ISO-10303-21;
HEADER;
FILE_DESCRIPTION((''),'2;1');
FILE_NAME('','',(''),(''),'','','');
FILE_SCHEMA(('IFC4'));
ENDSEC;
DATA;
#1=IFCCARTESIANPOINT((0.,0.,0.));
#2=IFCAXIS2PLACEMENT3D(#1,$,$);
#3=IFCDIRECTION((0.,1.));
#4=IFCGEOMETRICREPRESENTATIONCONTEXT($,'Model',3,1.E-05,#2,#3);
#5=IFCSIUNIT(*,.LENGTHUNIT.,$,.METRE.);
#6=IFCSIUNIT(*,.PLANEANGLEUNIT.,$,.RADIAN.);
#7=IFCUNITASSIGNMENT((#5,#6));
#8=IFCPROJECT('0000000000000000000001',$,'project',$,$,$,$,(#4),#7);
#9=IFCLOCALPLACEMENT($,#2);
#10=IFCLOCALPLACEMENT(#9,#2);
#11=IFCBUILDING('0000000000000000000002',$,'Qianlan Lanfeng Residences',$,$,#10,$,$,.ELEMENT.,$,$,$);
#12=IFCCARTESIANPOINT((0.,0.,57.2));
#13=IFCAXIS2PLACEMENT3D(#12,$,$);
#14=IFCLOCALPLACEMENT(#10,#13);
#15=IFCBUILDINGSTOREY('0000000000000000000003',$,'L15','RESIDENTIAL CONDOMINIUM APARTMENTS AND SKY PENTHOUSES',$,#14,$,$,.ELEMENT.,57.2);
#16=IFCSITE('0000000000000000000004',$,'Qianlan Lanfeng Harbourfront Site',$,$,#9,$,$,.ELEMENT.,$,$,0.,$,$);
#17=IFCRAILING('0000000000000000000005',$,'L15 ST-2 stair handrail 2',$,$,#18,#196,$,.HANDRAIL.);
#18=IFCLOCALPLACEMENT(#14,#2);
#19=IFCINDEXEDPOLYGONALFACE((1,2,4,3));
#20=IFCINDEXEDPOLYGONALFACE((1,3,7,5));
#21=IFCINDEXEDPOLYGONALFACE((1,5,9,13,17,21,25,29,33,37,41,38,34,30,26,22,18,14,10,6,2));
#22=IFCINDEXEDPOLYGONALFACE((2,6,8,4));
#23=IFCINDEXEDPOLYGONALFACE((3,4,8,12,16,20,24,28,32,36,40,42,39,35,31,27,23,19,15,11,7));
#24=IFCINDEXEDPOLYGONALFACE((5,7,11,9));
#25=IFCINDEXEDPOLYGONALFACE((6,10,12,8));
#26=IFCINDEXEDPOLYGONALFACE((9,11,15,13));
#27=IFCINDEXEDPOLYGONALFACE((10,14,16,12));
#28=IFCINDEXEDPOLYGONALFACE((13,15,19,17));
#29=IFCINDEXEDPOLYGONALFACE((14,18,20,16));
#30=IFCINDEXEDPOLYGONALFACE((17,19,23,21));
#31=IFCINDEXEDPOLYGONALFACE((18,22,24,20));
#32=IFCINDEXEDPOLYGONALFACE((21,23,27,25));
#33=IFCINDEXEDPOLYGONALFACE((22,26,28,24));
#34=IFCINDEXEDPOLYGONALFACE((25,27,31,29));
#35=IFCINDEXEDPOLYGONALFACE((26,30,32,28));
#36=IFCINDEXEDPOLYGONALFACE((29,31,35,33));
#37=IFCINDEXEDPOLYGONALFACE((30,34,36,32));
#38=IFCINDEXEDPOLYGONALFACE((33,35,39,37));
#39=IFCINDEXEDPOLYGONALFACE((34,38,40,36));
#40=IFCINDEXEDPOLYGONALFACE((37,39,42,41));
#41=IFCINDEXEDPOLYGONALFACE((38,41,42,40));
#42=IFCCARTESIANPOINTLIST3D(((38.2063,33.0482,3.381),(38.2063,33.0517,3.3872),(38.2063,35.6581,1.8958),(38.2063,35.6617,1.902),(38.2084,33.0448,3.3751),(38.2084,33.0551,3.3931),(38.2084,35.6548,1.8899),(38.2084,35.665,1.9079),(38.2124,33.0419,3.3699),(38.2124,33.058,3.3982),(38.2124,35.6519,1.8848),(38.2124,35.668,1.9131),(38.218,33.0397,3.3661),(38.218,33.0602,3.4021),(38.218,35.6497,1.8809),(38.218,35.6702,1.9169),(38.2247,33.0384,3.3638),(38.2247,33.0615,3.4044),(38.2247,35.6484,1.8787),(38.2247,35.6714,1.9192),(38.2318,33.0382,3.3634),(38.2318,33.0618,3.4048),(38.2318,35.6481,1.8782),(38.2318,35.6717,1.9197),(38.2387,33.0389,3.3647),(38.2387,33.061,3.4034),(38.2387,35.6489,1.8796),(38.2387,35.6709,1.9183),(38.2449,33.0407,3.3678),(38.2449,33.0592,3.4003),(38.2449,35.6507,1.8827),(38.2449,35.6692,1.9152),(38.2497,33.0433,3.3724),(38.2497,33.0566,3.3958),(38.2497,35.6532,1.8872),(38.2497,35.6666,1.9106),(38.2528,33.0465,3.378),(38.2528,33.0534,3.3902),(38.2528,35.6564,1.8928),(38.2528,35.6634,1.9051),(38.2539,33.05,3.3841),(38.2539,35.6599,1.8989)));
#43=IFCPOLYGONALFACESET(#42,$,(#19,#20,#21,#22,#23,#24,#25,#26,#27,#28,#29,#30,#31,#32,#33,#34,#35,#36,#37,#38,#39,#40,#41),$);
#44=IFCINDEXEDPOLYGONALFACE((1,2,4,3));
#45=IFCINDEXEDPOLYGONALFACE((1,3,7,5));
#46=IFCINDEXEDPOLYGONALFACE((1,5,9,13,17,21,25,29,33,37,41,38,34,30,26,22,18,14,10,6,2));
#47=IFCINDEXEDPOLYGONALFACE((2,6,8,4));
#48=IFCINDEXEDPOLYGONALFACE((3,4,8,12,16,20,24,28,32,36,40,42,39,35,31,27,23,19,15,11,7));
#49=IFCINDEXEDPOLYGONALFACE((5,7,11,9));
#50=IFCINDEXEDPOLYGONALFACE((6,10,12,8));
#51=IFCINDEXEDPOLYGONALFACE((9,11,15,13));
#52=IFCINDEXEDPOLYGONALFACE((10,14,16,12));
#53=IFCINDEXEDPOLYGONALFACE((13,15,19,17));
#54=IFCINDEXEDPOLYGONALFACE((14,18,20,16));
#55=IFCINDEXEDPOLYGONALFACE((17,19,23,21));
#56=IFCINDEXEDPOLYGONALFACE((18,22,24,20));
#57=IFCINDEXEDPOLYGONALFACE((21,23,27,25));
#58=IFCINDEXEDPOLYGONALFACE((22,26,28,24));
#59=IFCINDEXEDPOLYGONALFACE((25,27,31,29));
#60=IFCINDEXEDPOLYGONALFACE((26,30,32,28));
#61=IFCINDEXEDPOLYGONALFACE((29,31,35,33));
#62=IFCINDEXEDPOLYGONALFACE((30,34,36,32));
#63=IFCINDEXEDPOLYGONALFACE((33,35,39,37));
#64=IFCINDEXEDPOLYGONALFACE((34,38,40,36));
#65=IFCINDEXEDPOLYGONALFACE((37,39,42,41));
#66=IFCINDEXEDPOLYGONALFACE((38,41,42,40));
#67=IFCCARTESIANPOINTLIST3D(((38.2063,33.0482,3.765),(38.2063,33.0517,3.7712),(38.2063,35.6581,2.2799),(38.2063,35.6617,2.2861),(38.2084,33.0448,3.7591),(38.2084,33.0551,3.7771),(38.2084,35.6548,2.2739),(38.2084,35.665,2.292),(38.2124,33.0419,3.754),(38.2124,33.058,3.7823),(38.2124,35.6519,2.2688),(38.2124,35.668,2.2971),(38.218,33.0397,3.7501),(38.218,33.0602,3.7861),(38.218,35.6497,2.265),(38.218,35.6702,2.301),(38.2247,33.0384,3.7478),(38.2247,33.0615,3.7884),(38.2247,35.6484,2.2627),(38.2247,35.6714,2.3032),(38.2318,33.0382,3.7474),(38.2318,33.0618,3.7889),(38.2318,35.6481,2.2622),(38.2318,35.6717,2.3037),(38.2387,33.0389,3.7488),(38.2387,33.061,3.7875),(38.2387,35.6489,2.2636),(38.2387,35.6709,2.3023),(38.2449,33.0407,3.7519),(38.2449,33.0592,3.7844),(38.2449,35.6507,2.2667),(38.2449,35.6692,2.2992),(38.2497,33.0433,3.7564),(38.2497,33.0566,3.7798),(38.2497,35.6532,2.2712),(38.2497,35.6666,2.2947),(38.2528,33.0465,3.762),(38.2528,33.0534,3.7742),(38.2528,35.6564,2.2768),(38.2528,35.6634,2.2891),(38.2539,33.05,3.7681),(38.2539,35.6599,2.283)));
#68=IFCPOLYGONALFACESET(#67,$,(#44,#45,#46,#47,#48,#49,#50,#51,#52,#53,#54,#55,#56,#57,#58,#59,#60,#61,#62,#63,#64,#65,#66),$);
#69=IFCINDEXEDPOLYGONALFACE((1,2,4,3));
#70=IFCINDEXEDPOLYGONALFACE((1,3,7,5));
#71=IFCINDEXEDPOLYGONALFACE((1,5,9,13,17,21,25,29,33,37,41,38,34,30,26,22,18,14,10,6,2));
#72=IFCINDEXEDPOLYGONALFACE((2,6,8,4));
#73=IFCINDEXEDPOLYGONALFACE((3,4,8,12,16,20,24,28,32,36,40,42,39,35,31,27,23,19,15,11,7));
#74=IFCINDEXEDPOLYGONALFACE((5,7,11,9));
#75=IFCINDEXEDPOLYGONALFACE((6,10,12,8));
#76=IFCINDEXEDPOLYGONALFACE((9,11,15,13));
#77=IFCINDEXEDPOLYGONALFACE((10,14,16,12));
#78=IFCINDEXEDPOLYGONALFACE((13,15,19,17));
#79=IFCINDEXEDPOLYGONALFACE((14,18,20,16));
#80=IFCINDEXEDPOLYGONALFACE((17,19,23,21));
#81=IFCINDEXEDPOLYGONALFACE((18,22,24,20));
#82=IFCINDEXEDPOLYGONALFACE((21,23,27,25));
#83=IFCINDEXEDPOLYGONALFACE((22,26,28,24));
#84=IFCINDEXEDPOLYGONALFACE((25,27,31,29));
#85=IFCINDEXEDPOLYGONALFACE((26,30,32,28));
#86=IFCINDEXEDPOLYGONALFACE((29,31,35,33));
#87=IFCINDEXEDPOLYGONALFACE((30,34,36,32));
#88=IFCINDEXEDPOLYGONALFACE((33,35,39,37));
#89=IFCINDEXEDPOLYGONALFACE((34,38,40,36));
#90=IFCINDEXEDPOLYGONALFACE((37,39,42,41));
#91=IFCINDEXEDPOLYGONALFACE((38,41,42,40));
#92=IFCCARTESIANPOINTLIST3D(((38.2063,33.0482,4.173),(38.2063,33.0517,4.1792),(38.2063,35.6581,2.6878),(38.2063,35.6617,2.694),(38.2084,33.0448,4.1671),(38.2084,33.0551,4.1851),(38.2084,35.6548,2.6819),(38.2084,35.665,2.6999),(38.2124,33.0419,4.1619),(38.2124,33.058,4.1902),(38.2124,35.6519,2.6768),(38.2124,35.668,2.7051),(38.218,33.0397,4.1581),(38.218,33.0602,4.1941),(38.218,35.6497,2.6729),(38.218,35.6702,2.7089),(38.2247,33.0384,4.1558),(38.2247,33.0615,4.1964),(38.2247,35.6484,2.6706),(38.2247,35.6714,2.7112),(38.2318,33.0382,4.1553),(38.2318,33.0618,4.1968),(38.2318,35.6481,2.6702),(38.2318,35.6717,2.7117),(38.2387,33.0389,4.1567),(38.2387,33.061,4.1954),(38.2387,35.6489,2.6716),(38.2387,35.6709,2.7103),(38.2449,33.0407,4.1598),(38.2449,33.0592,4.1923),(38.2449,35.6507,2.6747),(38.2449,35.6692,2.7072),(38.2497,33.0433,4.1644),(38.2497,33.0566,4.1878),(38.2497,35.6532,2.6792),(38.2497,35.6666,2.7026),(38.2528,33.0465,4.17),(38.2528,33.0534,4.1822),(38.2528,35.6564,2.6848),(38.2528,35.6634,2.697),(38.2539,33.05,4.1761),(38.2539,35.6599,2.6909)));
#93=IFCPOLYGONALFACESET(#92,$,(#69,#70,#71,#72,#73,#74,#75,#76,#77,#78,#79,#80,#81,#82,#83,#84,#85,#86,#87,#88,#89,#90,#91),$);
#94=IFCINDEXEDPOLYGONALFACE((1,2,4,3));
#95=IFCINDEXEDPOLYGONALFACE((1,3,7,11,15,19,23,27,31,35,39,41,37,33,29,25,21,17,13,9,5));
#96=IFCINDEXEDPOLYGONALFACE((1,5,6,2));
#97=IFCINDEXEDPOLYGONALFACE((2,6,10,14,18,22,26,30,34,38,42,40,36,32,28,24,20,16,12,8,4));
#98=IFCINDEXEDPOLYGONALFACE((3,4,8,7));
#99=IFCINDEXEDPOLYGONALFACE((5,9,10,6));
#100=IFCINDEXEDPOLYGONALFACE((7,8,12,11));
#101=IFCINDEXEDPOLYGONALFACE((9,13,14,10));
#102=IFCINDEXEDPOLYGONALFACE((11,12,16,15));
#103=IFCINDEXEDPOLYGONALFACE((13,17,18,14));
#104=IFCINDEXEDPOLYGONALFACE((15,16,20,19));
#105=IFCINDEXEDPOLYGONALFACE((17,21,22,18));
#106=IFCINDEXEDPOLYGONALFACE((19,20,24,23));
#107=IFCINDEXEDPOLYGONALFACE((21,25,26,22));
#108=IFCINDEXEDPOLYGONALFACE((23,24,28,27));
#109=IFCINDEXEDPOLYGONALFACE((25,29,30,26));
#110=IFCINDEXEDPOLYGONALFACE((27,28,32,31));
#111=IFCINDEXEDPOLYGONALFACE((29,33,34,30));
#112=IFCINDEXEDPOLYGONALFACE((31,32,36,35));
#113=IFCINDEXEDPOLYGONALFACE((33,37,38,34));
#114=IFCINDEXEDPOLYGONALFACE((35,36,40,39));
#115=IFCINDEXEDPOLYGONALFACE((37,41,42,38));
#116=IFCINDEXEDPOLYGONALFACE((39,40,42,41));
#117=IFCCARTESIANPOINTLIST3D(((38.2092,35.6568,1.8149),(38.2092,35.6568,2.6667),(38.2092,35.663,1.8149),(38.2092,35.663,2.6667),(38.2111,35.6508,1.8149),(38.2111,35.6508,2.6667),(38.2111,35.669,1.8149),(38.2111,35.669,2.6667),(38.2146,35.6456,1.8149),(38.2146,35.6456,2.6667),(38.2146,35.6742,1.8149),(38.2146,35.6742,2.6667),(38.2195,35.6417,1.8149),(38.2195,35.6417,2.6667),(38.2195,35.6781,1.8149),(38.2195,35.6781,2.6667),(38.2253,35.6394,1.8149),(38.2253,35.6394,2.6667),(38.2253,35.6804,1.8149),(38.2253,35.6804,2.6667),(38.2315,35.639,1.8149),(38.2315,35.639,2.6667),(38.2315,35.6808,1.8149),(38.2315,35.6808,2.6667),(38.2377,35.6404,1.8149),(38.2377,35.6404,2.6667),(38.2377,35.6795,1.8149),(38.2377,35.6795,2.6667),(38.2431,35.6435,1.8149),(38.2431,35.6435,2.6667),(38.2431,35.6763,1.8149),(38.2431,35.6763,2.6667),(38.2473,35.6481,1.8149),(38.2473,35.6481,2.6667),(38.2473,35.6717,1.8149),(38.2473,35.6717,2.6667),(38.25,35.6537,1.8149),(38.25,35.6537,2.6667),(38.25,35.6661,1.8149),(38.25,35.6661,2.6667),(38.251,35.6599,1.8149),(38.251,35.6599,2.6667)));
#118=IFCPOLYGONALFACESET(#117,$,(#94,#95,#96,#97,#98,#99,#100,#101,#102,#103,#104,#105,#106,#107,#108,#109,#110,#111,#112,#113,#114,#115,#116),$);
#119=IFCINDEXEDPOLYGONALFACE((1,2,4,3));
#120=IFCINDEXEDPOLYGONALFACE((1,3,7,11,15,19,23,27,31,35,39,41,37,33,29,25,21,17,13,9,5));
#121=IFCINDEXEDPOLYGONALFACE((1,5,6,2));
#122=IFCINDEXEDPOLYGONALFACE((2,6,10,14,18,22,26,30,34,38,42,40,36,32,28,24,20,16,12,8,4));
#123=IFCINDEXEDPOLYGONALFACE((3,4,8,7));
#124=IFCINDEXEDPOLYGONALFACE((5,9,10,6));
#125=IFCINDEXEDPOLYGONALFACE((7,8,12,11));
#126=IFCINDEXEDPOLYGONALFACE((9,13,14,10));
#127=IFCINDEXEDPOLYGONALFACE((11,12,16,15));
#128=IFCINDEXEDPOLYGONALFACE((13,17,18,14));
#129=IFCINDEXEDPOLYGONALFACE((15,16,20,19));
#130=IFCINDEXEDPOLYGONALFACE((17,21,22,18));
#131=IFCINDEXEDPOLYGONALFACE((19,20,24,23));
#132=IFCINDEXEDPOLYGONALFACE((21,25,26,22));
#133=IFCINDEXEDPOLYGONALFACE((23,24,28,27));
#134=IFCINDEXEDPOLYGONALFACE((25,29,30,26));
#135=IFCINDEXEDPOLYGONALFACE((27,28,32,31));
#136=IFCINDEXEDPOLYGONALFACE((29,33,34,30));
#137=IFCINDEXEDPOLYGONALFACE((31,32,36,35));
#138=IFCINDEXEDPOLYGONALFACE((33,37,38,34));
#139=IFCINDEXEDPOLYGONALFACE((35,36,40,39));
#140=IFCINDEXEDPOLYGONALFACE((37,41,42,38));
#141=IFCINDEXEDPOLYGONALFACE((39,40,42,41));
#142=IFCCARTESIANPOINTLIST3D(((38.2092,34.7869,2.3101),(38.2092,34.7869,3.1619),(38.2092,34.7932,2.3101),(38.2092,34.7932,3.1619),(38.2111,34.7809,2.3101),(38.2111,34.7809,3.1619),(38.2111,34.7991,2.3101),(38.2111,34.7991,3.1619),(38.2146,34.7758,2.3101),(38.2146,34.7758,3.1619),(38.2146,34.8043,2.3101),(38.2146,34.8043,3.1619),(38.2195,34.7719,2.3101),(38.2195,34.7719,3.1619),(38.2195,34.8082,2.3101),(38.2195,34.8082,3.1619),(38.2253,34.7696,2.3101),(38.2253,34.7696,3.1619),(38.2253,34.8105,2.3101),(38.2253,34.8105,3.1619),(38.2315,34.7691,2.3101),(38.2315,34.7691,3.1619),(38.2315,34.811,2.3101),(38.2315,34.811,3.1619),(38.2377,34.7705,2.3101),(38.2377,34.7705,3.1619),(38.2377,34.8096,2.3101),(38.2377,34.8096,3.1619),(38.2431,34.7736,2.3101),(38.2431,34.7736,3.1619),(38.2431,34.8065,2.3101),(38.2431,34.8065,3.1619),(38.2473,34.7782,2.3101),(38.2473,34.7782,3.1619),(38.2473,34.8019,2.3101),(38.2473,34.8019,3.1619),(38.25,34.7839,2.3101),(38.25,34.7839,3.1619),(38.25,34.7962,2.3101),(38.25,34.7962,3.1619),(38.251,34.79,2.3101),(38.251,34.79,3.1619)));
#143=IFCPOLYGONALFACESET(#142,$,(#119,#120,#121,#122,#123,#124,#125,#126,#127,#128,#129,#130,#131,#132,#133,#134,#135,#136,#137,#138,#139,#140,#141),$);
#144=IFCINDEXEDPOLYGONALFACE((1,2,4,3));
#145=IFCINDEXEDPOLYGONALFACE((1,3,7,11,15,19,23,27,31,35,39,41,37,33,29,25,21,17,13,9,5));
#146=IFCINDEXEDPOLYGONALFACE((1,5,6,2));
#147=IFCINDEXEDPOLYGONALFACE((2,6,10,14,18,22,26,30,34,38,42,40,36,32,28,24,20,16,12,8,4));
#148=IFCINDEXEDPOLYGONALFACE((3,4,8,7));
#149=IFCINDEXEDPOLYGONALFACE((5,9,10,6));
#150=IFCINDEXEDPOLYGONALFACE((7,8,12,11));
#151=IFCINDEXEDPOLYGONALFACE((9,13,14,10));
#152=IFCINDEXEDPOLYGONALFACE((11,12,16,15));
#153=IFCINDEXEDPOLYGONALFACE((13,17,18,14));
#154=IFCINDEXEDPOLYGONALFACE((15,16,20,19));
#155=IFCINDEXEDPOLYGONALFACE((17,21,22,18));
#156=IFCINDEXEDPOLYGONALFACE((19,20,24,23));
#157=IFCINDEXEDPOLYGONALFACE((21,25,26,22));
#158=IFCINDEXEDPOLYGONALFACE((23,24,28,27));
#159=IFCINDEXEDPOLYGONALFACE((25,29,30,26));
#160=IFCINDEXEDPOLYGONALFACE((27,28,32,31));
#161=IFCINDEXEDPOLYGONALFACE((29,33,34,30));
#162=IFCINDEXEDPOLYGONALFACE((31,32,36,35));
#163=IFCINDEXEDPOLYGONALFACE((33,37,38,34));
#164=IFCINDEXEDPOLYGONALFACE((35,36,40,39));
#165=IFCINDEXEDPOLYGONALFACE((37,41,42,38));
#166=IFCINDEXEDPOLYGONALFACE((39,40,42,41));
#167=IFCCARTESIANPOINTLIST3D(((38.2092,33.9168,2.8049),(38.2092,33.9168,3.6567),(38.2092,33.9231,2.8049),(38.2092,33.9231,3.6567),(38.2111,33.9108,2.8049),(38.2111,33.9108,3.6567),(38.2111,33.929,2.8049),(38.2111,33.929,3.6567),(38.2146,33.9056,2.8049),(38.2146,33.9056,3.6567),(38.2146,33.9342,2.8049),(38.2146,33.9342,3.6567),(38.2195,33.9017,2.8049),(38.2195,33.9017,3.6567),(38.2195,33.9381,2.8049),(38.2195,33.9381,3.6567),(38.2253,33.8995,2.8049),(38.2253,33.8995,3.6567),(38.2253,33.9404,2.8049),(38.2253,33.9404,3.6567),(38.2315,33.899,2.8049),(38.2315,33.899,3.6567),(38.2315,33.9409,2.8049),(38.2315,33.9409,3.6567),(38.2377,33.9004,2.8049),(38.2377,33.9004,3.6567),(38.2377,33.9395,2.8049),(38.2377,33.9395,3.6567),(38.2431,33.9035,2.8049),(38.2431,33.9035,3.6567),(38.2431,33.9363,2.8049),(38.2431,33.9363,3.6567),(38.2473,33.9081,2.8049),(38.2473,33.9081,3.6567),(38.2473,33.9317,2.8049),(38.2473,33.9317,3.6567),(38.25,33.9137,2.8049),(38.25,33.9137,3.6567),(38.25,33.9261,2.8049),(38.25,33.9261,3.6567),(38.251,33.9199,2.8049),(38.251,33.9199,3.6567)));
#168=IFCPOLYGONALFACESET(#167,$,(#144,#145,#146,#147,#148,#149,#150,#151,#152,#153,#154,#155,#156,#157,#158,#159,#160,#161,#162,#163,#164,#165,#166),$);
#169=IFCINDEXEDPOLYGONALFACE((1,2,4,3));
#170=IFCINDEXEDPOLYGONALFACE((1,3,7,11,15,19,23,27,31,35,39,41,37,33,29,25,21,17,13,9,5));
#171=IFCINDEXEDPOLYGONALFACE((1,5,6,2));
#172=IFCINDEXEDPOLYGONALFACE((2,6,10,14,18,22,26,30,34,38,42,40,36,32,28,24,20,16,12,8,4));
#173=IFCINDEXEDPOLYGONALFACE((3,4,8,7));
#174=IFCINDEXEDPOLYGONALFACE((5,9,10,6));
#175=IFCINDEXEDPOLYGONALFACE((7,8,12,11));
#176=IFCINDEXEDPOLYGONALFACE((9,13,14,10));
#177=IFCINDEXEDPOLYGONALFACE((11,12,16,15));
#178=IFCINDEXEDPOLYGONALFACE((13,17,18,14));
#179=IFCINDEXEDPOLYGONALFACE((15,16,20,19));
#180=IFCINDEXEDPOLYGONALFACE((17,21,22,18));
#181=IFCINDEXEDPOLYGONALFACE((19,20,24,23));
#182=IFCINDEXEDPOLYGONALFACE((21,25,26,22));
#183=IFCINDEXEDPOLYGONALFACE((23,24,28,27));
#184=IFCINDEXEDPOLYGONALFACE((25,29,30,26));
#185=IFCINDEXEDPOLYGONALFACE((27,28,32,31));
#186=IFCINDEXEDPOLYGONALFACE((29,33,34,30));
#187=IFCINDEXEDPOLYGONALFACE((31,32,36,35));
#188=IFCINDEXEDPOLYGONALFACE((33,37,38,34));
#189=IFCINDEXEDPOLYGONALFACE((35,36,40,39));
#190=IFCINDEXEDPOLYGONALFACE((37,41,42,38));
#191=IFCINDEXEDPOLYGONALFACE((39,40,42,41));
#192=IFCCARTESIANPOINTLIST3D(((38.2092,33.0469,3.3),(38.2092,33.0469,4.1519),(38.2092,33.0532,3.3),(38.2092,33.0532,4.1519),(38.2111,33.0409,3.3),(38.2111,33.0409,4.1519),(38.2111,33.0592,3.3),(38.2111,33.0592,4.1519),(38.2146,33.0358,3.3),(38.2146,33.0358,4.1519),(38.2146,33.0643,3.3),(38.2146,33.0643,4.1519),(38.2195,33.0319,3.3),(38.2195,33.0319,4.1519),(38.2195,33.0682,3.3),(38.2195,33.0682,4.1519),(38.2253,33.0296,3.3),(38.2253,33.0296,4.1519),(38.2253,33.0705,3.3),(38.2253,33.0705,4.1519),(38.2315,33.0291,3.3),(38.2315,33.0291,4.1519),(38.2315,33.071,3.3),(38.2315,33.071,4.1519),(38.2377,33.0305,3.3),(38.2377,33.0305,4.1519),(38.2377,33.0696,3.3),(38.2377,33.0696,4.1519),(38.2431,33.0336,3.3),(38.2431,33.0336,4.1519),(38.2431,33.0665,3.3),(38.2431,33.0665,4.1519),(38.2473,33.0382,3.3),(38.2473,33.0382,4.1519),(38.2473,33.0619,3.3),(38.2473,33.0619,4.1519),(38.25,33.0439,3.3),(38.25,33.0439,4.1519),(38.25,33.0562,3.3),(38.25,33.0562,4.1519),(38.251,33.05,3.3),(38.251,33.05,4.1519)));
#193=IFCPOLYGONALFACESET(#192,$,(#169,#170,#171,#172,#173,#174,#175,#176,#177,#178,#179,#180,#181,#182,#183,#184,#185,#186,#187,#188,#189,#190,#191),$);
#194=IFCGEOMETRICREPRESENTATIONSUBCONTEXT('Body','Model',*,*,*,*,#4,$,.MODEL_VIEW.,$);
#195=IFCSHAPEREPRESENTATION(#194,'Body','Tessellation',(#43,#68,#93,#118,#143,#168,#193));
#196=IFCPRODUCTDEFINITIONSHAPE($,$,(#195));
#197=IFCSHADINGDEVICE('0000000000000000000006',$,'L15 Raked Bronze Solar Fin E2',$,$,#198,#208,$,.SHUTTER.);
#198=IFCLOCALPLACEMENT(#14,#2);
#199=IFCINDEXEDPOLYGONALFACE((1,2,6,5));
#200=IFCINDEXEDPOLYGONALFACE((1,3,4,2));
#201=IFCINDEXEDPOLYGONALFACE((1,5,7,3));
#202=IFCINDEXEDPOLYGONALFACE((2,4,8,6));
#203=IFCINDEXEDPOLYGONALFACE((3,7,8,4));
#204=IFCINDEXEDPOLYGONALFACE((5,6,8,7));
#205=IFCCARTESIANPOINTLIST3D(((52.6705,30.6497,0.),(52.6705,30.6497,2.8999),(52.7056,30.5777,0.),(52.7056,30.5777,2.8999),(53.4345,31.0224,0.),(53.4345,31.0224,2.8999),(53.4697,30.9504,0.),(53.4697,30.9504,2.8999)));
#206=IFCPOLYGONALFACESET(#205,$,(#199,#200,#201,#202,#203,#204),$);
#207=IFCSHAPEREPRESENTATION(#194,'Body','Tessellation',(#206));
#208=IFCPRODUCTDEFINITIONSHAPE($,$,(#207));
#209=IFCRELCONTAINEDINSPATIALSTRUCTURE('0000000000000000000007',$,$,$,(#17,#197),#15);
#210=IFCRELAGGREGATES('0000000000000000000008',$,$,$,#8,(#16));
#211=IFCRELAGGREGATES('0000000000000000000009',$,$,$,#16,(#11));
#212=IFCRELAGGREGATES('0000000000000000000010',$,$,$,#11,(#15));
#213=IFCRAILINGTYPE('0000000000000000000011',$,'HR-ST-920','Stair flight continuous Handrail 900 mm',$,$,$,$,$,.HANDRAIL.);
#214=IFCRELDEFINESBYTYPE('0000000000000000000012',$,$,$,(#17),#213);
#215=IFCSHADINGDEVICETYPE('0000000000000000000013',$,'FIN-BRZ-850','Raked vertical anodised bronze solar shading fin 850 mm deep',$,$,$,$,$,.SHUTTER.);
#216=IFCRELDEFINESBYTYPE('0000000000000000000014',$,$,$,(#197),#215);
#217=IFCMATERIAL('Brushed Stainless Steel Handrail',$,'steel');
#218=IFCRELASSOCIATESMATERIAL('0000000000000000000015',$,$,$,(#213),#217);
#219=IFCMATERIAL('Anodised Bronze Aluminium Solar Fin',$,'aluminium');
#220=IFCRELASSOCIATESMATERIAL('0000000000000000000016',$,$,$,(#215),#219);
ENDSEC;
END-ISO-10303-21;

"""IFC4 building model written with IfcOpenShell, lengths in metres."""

from ifc_helpers import new_model, si_unit, direction, frame, origin, origin_2d, place, context, subcontext, project, spatial, rectangle, circle, extrude, source, transform, mapped, material, type_object, element, save


model = new_model("IFC4")

# Units and contexts
model_context = context("Model", 3, precision=1e-05, world=origin(), true_north=direction((0.0, 1.0)))
body_context = subcontext(model_context, "Body", "Model", "MODEL_VIEW")
ifc_project = project(units=[si_unit("LENGTHUNIT", "METRE"), si_unit("PLANEANGLEUNIT", "RADIAN")], contexts=[model_context])

# Site, building, storey
site_placement = place(None, origin())
site = spatial("IfcSite", under=ifc_project, at=site_placement, Name="Qianlan Lanfeng Harbourfront Site", CompositionType="ELEMENT", RefElevation=0.0)
building_placement = place(site_placement, origin())
building = spatial("IfcBuilding", under=site, at=building_placement, Name="Qianlan Lanfeng Residences", CompositionType="ELEMENT")
storey_placement = place(building_placement, frame((0.0, 0.0, 57.2)))
storey = spatial("IfcBuildingStorey", under=building, at=storey_placement, Name="L15", Description="RESIDENTIAL CONDOMINIUM APARTMENTS AND SKY PENTHOUSES", CompositionType="ELEMENT", Elevation=57.2)

# Railing
ifc_material_1 = material(Name="Brushed Stainless Steel Handrail", Category="steel")
railing_type_1 = type_object("IfcRailingType", Name="HR-ST-920", Description="Stair flight continuous Handrail 900 mm", PredefinedType="HANDRAIL", material=ifc_material_1)
railing_1_placement = place(storey_placement, frame((38.23, 35.6599, 1.8149)))
element("IfcRailing", 1, at=railing_1_placement, inside=storey, type_object=railing_type_1, Name="L15 ST-2 stair handrail 2", PredefinedType="HANDRAIL", context=body_context, shape_type="SweptSolid", body=[
    extrude(circle(Radius=0.0239, at=origin_2d()), frame((0.0, 0.0, 0.084), z_axis=(0.0, -0.869137, 0.494571), x_axis=(1.0, 0.0, 0.0)), (0.0, 0.0, 1.0), 3.0029),
    extrude(circle(Radius=0.0239, at=origin_2d()), frame((0.0, 0.0, 0.468), z_axis=(0.0, -0.869137, 0.494571), x_axis=(1.0, 0.0, 0.0)), (0.0, 0.0, 1.0), 3.0029),
    extrude(circle(Radius=0.0239, at=origin_2d()), frame((0.0, 0.0, 0.876), z_axis=(0.0, -0.869137, 0.494571), x_axis=(1.0, 0.0, 0.0)), (0.0, 0.0, 1.0), 3.0029),
    extrude(circle(Radius=0.021, at=origin_2d()), origin(), (0.0, 0.0, 1.0), 0.8518),
    extrude(circle(Radius=0.021, at=origin_2d()), frame((0.0, -0.8699, 0.4951)), (0.0, 0.0, 1.0), 0.8518),
    extrude(circle(Radius=0.021, at=origin_2d()), frame((0.0, -1.74, 0.99)), (0.0, 0.0, 1.0), 0.8518),
    extrude(circle(Radius=0.021, at=origin_2d()), frame((0.0, -2.6099, 1.4851)), (0.0, 0.0, 1.0), 0.8518),
])

# Shading device
ifc_material_2 = material(Name="Anodised Bronze Aluminium Solar Fin", Category="aluminium")
shading_device_type = type_object("IfcShadingDeviceType", Name="FIN-BRZ-850", Description="Raked vertical anodised bronze solar shading fin 850 mm deep", PredefinedType="SHUTTER", material=ifc_material_2)
shared_shape = source(origin(), body_context, "Body", "SweptSolid", [
    extrude(rectangle(XDim=0.8501, YDim=0.0801, at=origin_2d()), origin(), (0.0, 0.0, 1.0), 2.8999),
])
shading_device_placement = place(storey_placement, frame((53.0701, 30.8, 0.0), z_axis=(0.0, 0.0, 1.0), x_axis=(0.898794, 0.438371, 0.0)))
element("IfcShadingDevice", 2, at=shading_device_placement, inside=storey, type_object=shading_device_type, Name="L15 Raked Bronze Solar Fin E2", PredefinedType="SHUTTER", context=body_context, shape_type="MappedRepresentation", body=[
    mapped(shared_shape, transform((0.0, 0.0, 0.0), scale=1.0)),
])

save(model, "model.ifc")
